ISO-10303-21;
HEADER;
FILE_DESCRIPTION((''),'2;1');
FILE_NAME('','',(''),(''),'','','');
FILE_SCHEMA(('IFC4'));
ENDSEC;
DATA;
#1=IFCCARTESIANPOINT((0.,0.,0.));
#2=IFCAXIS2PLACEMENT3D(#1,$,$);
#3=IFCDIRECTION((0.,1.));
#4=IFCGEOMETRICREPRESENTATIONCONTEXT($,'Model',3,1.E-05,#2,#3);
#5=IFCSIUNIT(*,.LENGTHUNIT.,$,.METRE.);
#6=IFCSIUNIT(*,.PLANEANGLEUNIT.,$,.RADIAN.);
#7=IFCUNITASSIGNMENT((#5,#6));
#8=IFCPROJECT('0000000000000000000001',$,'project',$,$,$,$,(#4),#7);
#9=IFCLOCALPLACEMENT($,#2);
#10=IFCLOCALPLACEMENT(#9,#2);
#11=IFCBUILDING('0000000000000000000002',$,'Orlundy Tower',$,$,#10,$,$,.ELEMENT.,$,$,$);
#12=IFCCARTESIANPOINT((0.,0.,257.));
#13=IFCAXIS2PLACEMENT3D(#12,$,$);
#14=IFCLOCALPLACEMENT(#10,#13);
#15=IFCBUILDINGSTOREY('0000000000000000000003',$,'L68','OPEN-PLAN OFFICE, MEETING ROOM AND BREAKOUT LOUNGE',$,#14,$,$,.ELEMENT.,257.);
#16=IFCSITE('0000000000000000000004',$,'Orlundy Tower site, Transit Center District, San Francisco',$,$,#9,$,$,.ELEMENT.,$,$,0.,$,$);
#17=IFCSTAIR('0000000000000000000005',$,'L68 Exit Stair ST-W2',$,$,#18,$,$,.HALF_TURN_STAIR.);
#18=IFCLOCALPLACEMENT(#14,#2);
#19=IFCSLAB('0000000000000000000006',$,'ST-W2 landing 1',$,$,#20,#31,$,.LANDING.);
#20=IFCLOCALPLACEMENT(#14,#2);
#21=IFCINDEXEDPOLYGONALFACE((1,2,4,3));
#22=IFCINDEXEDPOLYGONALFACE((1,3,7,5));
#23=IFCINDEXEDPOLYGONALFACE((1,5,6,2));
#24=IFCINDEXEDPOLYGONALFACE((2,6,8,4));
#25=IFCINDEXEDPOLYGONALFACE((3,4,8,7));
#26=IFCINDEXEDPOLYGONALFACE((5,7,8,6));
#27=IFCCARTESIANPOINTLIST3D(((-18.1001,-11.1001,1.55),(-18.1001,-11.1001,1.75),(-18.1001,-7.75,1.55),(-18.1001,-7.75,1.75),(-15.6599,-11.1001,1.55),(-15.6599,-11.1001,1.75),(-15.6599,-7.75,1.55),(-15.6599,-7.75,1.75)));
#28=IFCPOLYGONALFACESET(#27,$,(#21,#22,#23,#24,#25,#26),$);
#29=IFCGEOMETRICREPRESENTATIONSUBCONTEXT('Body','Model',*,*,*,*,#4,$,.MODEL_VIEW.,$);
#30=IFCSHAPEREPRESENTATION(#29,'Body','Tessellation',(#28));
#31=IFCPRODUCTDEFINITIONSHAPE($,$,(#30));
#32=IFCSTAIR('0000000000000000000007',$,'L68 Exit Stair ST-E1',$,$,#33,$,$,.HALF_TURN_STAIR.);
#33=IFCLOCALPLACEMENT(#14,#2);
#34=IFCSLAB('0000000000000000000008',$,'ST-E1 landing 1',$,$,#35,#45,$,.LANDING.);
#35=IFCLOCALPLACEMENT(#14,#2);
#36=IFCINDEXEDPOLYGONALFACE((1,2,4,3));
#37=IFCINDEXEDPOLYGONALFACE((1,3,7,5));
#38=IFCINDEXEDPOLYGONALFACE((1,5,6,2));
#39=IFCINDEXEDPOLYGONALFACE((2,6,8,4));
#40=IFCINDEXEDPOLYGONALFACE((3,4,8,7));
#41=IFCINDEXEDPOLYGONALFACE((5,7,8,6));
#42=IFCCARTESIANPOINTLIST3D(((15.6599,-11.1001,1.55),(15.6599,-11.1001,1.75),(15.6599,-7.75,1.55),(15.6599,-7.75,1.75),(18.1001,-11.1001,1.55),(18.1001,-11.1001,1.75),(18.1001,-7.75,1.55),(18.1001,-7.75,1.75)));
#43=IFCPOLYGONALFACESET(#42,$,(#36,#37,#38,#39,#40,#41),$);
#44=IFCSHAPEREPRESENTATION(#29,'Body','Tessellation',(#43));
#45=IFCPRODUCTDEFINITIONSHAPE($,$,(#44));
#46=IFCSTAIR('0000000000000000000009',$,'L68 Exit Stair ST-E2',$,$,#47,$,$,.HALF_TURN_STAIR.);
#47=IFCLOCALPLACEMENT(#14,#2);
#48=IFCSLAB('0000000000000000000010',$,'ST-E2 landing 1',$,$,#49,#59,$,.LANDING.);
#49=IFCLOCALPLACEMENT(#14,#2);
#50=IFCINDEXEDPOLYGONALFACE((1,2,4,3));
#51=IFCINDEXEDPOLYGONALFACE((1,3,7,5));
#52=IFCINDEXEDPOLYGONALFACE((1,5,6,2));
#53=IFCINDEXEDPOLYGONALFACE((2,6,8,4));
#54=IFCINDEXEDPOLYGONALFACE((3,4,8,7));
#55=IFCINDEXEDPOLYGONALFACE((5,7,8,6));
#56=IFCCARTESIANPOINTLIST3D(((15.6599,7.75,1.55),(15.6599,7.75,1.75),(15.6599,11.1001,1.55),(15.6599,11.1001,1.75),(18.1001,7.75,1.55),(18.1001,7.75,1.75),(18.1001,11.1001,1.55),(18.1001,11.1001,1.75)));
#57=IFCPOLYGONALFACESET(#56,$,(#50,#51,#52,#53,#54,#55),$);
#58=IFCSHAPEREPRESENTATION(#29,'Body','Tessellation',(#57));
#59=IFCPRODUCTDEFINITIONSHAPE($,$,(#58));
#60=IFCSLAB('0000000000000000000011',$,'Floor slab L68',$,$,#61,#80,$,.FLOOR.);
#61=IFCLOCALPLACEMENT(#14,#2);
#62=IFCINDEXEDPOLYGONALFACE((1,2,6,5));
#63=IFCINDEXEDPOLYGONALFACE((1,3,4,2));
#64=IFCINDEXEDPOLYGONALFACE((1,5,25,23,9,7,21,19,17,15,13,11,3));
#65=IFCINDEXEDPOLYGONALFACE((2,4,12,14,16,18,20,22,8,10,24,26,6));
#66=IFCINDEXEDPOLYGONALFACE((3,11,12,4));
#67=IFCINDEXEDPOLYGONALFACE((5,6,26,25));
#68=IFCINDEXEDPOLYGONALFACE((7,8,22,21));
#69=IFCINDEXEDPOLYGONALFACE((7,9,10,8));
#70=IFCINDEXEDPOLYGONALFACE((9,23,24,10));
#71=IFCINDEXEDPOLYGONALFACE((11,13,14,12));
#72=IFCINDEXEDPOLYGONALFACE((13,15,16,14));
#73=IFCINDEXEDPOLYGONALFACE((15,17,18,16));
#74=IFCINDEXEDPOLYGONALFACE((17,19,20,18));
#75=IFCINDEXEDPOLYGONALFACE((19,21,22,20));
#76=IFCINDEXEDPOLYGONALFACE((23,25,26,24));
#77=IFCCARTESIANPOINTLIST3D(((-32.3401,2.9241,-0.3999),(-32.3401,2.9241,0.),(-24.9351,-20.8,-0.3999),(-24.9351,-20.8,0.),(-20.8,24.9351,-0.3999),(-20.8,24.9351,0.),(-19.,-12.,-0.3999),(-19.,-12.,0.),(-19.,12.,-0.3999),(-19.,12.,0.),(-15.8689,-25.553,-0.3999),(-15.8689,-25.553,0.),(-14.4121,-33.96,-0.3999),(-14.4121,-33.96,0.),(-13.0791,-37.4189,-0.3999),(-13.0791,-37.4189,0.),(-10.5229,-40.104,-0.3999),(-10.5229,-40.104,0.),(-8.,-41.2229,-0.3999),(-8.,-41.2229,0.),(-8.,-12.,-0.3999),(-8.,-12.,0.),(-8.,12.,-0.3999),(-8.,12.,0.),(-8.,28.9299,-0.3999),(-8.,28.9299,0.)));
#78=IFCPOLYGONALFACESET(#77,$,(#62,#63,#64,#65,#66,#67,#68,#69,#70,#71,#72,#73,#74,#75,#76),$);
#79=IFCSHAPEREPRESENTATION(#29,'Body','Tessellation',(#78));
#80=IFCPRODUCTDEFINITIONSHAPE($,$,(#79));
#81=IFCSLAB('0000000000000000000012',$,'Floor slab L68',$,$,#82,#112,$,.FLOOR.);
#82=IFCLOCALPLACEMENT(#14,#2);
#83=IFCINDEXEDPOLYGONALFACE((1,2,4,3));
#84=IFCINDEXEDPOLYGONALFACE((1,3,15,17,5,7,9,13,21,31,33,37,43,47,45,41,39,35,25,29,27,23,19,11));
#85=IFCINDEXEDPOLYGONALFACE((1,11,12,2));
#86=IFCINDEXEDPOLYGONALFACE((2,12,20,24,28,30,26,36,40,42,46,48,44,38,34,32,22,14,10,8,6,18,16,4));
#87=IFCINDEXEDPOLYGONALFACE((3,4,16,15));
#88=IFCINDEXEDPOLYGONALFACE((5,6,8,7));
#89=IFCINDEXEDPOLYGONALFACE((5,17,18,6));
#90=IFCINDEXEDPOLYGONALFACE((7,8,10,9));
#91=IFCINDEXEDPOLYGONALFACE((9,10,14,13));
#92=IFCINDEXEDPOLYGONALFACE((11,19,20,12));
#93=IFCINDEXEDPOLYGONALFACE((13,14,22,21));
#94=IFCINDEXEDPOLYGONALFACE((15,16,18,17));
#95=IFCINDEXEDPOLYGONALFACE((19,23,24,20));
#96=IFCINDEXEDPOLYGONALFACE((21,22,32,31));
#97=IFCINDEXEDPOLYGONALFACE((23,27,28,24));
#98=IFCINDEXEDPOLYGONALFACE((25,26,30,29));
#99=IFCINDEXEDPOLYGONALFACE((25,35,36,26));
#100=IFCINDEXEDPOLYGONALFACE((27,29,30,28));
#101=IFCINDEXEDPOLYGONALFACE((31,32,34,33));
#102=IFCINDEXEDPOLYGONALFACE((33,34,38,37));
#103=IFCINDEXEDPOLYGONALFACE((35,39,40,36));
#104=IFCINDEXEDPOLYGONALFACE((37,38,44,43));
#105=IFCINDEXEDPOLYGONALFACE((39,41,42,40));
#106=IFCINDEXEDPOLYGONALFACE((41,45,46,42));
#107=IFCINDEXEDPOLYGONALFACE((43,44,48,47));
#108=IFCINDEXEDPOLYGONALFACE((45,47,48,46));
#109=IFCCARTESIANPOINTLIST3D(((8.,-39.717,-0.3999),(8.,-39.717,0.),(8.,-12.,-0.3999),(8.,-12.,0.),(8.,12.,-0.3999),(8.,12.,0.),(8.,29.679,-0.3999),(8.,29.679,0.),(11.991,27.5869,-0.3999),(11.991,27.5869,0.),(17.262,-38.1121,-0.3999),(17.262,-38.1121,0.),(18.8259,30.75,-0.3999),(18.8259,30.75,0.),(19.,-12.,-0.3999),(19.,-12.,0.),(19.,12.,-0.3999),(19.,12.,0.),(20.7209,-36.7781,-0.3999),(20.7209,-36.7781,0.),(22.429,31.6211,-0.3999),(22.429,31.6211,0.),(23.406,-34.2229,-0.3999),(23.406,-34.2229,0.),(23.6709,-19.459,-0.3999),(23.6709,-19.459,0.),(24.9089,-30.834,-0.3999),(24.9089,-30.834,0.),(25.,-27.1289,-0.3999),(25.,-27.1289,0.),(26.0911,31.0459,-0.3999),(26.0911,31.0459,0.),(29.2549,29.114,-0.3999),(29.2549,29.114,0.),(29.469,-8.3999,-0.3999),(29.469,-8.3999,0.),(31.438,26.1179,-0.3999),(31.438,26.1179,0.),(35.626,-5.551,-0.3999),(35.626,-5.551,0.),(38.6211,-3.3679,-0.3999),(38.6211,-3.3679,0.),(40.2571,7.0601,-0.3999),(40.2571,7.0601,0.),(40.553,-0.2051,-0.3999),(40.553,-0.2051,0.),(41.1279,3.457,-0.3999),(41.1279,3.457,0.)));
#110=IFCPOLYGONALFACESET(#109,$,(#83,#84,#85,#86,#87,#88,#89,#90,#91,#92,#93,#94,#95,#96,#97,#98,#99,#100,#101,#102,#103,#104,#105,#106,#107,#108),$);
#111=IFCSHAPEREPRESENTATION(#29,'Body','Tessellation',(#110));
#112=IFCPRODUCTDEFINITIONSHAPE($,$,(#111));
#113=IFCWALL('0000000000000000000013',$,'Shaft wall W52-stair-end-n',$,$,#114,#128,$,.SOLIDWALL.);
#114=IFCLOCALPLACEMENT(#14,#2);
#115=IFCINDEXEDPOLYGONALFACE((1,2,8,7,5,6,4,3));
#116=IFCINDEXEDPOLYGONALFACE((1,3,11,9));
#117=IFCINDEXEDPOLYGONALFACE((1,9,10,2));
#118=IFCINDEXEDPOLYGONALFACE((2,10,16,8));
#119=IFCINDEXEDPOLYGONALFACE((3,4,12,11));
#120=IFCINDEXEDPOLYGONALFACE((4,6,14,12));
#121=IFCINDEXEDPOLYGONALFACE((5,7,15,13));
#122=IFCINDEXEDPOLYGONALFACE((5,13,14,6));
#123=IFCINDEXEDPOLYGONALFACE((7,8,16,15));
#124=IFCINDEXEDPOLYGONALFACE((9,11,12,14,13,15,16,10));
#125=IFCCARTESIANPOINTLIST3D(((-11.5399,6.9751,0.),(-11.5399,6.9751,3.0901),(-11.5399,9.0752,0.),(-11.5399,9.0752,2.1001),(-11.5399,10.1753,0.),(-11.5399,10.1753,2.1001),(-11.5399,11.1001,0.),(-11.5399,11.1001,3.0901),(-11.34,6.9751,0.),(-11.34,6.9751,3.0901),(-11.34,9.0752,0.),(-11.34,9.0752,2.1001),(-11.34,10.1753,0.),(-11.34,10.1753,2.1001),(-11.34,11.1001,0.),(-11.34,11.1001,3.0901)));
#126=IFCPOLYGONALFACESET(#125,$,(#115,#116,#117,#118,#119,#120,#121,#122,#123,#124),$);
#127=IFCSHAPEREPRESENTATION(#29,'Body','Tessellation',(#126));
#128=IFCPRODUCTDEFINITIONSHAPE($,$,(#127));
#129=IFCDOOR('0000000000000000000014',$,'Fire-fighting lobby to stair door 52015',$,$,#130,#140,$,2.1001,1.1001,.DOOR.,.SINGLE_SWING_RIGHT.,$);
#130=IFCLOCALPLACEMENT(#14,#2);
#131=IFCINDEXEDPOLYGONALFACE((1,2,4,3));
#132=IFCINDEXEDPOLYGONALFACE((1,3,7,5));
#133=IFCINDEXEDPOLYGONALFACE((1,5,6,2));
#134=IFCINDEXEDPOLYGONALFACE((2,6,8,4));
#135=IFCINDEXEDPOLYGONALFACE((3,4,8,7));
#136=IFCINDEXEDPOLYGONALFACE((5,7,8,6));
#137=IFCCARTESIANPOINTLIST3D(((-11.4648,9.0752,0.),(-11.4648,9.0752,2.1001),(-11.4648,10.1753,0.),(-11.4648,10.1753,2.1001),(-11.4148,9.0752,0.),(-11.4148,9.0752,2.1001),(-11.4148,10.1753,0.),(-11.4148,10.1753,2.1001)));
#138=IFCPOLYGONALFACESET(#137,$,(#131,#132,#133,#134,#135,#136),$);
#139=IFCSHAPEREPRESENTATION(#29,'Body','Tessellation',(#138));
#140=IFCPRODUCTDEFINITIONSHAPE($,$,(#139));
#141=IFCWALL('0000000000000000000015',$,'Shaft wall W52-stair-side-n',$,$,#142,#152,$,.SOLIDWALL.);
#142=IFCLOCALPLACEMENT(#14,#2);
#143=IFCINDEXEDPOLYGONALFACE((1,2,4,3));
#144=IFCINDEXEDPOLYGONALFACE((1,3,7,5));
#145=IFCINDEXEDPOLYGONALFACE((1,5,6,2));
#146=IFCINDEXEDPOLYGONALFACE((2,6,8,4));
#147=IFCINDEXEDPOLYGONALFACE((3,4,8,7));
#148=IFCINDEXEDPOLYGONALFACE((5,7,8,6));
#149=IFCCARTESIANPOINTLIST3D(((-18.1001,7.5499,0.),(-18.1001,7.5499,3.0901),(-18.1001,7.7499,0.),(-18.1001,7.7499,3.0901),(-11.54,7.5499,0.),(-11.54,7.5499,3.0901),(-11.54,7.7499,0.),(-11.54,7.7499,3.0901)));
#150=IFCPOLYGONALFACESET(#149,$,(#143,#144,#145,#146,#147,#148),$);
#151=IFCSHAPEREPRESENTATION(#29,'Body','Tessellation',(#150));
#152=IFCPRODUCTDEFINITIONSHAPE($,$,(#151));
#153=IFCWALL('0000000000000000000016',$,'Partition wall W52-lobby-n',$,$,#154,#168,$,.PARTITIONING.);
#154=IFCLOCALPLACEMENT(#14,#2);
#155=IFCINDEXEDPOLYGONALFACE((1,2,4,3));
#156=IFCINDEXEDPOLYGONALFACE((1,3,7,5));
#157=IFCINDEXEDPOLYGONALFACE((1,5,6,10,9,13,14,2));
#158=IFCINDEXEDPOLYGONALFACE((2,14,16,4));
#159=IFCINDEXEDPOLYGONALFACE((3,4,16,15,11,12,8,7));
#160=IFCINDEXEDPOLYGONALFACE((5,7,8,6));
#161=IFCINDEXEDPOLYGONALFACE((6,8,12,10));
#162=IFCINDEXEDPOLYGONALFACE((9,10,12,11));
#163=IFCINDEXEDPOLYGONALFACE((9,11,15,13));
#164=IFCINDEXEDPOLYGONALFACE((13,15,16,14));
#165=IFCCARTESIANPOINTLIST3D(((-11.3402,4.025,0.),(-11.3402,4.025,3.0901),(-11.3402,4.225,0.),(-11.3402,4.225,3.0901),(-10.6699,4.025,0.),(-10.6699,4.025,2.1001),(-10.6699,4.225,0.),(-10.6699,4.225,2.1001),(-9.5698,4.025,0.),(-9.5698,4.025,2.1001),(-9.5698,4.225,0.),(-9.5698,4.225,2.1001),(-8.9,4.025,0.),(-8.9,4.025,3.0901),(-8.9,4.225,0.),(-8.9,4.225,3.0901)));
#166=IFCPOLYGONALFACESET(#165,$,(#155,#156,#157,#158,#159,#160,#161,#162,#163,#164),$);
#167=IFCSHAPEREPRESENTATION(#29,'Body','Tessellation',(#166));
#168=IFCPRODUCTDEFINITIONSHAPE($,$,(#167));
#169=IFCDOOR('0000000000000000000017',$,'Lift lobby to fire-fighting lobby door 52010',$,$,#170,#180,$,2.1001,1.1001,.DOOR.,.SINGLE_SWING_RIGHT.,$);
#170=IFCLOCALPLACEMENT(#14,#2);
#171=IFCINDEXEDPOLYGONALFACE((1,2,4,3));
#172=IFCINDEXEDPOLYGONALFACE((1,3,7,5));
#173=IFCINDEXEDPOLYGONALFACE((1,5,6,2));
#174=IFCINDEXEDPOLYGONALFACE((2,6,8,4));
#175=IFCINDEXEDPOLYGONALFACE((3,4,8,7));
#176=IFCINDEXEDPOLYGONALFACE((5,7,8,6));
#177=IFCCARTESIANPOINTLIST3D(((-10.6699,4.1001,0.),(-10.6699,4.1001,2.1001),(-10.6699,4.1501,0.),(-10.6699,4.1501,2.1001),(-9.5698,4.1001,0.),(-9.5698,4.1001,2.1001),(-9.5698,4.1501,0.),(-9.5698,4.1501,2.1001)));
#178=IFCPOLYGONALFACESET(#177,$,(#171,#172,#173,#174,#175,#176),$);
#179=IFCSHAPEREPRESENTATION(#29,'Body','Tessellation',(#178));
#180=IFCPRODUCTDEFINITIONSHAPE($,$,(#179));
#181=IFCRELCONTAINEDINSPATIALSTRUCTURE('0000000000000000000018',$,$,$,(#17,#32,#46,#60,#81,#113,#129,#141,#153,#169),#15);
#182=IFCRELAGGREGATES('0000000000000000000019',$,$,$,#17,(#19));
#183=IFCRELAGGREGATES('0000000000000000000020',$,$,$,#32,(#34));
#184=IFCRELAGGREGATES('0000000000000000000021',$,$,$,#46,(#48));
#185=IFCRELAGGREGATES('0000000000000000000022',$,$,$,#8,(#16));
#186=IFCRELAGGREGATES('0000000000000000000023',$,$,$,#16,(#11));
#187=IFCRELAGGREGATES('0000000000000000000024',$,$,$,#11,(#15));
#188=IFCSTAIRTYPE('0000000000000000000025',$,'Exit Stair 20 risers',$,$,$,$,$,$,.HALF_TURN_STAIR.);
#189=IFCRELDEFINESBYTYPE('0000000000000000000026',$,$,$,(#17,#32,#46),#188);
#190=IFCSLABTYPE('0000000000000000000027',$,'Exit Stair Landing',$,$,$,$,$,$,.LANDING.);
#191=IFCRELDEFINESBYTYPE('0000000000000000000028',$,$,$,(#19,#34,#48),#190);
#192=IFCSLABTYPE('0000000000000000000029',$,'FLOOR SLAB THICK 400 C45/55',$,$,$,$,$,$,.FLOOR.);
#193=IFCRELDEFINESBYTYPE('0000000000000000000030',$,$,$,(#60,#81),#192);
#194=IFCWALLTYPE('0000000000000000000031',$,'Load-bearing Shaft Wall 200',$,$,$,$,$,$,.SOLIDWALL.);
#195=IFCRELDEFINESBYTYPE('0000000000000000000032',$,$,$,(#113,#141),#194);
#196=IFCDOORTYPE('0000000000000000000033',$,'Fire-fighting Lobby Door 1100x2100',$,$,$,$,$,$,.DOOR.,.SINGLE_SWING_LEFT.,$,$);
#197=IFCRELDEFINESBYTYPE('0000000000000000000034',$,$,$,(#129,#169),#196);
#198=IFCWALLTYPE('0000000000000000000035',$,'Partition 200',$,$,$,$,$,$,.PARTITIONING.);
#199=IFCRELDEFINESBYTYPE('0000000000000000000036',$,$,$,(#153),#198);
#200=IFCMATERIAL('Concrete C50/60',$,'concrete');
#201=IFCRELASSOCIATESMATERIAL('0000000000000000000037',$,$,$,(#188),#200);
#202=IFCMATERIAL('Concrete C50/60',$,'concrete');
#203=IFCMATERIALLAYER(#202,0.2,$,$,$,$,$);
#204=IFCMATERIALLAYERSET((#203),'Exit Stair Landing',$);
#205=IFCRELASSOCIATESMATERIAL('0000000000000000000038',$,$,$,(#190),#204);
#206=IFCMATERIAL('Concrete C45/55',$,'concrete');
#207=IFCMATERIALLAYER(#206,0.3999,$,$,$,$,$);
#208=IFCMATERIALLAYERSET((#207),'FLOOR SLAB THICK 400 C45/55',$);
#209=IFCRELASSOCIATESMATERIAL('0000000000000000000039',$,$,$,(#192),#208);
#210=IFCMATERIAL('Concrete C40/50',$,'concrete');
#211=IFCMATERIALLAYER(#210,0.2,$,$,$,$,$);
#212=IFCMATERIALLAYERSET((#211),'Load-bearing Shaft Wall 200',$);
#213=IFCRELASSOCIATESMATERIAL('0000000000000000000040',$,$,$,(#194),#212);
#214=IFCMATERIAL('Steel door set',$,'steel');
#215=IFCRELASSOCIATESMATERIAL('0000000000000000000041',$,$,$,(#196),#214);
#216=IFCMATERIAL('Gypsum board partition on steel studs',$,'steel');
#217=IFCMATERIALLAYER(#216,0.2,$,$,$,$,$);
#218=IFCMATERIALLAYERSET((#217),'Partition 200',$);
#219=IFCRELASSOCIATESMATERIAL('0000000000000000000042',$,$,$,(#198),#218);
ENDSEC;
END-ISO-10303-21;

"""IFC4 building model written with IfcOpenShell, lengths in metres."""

from ifc_helpers import new_model, si_unit, direction, frame, frame_2d, origin, place, context, subcontext, project, spatial, polyline, rectangle, outline, extrude, material, layer, layer_set, type_object, element, fill, aggregate, save


model = new_model("IFC4")

# Units and contexts
model_context = context("Model", 3, precision=1e-05, world=origin(), true_north=direction((0.0, 1.0)))
body_context = subcontext(model_context, "Body", "Model", "MODEL_VIEW")
ifc_project = project(units=[si_unit("LENGTHUNIT", "METRE"), si_unit("PLANEANGLEUNIT", "RADIAN")], contexts=[model_context])

# Site, building, storey
site_placement = place(None, origin())
site = spatial("IfcSite", under=ifc_project, at=site_placement, Name="Orlundy Tower site, Transit Center District, San Francisco", CompositionType="ELEMENT", RefElevation=0.0)
building_placement = place(site_placement, origin())
building = spatial("IfcBuilding", under=site, at=building_placement, Name="Orlundy Tower", CompositionType="ELEMENT")
storey_placement = place(building_placement, frame((0.0, 0.0, 257.0)))
storey = spatial("IfcBuildingStorey", under=building, at=storey_placement, Name="L68", Description="OPEN-PLAN OFFICE, MEETING ROOM AND BREAKOUT LOUNGE", CompositionType="ELEMENT", Elevation=257.0)

# Stairs, slabs
ifc_material_1 = material(Name="Concrete C50/60", Category="concrete")
stair_type = type_object("IfcStairType", Name="Exit Stair 20 risers", PredefinedType="HALF_TURN_STAIR", material=ifc_material_1)
ifc_material_2 = material(Name="Concrete C50/60", Category="concrete")
ifc_layer_1 = layer(ifc_material_2, 0.2)
ifc_layer_set_1 = layer_set([ifc_layer_1], Name="Exit Stair Landing")
slab_type_1 = type_object("IfcSlabType", Name="Exit Stair Landing", PredefinedType="LANDING", material=ifc_layer_set_1)
stair_1_placement = place(storey_placement, origin())
stair_1 = element("IfcStair", 1, at=stair_1_placement, inside=storey, type_object=stair_type, Name="L68 Exit Stair ST-W2", PredefinedType="HALF_TURN_STAIR")
slab_1_placement = place(storey_placement, frame((0.0, 0.0, 1.55)))
slab_1 = element("IfcSlab", 2, at=slab_1_placement, type_object=slab_type_1, Name="ST-W2 landing 1", PredefinedType="LANDING", context=body_context, shape_type="SweptSolid", body=[
    extrude(outline(polyline([(-15.6599, -7.75), (-18.1001, -7.75), (-18.1001, -11.1001), (-15.6599, -11.1001), (-15.6599, -7.75)])), origin(), (0.0, 0.0, 1.0), 0.2),
])
aggregate(stair_1, [slab_1])
stair_2_placement = place(storey_placement, origin())
stair_2 = element("IfcStair", 3, at=stair_2_placement, inside=storey, type_object=stair_type, Name="L68 Exit Stair ST-E1", PredefinedType="HALF_TURN_STAIR")
slab_2_placement = place(storey_placement, frame((0.0, 0.0, 1.55)))
slab_2 = element("IfcSlab", 4, at=slab_2_placement, type_object=slab_type_1, Name="ST-E1 landing 1", PredefinedType="LANDING", context=body_context, shape_type="SweptSolid", body=[
    extrude(outline(polyline([(15.6599, -11.1001), (18.1001, -11.1001), (18.1001, -7.75), (15.6599, -7.75), (15.6599, -11.1001)])), origin(), (0.0, 0.0, 1.0), 0.2),
])
aggregate(stair_2, [slab_2])
stair_3_placement = place(storey_placement, origin())
stair_3 = element("IfcStair", 5, at=stair_3_placement, inside=storey, type_object=stair_type, Name="L68 Exit Stair ST-E2", PredefinedType="HALF_TURN_STAIR")
slab_3_placement = place(storey_placement, frame((0.0, 0.0, 1.55)))
slab_3 = element("IfcSlab", 6, at=slab_3_placement, type_object=slab_type_1, Name="ST-E2 landing 1", PredefinedType="LANDING", context=body_context, shape_type="SweptSolid", body=[
    extrude(outline(polyline([(15.6599, 7.75), (18.1001, 7.75), (18.1001, 11.1001), (15.6599, 11.1001), (15.6599, 7.75)])), origin(), (0.0, 0.0, 1.0), 0.2),
])
aggregate(stair_3, [slab_3])

# Slabs
ifc_material_3 = material(Name="Concrete C45/55", Category="concrete")
ifc_layer_2 = layer(ifc_material_3, 0.3999)
ifc_layer_set_2 = layer_set([ifc_layer_2], Name="FLOOR SLAB THICK 400 C45/55")
slab_type_2 = type_object("IfcSlabType", Name="FLOOR SLAB THICK 400 C45/55", PredefinedType="FLOOR", material=ifc_layer_set_2)
slab_4_placement = place(storey_placement, frame((0.0, 0.0, -0.3999)))
element("IfcSlab", 7, at=slab_4_placement, inside=storey, type_object=slab_type_2, Name="Floor slab L68", PredefinedType="FLOOR", context=body_context, shape_type="SweptSolid", body=[
    extrude(outline(polyline([(-24.9351, -20.8), (-32.3401, 2.9241), (-20.8, 24.9351), (-8.0, 28.9299), (-8.0, 12.0), (-19.0, 12.0), (-19.0, -12.0), (-8.0, -12.0), (-8.0, -41.2229), (-10.5229, -40.104), (-13.0791, -37.4189), (-14.4121, -33.96), (-15.8689, -25.553), (-24.9351, -20.8)])), origin(), (0.0, 0.0, 1.0), 0.3999),
])
slab_5_placement = place(storey_placement, frame((0.0, 0.0, -0.3999)))
element("IfcSlab", 8, at=slab_5_placement, inside=storey, type_object=slab_type_2, Name="Floor slab L68", PredefinedType="FLOOR", context=body_context, shape_type="SweptSolid", body=[
    extrude(outline(polyline([(18.8259, 30.75), (22.429, 31.6211), (26.0911, 31.0459), (29.2549, 29.114), (31.438, 26.1179), (40.2571, 7.0601), (41.1279, 3.457), (40.553, -0.2051), (38.6211, -3.3679), (35.626, -5.551), (29.469, -8.3999), (23.6709, -19.459), (25.0, -27.1289), (24.9089, -30.834), (23.406, -34.2229), (20.7209, -36.7781), (17.262, -38.1121), (8.0, -39.717), (8.0, -12.0), (19.0, -12.0), (19.0, 12.0), (8.0, 12.0), (8.0, 29.679), (11.991, 27.5869), (18.8259, 30.75)])), origin(), (0.0, 0.0, 1.0), 0.3999),
])

# Wall, opening, door
ifc_material_4 = material(Name="Concrete C40/50", Category="concrete")
ifc_layer_3 = layer(ifc_material_4, 0.2)
ifc_layer_set_3 = layer_set([ifc_layer_3], Name="Load-bearing Shaft Wall 200")
wall_type_1 = type_object("IfcWallType", Name="Load-bearing Shaft Wall 200", PredefinedType="SOLIDWALL", material=ifc_layer_set_3)
wall_1_placement = place(storey_placement, frame((-11.4399, 6.9751, 0.0), z_axis=(0.0, 0.0, 1.0), x_axis=(0.0, 1.0, 0.0)))
wall_1 = element("IfcWall", 9, at=wall_1_placement, inside=storey, type_object=wall_type_1, Name="Shaft wall W52-stair-end-n", PredefinedType="SOLIDWALL", context=body_context, shape_type="SweptSolid", body=[
    extrude(rectangle(XDim=4.125, YDim=0.2, at=frame_2d((2.0625, 0.0))), origin(), (0.0, 0.0, 1.0), 3.0901),
])
opening_1_placement = place(wall_1_placement, frame((2.1001, 0.0, 0.0)))
opening_1 = element("IfcOpeningElement", 10, at=opening_1_placement, cuts=wall_1, PredefinedType="OPENING", context=body_context, shape_type="SweptSolid", body=[
    extrude(rectangle(XDim=1.1001, YDim=2.1001, at=frame_2d((0.55, 1.05))), frame((0.0, 0.1101, 0.0), z_axis=(0.0, -1.0, 0.0), x_axis=(1.0, 0.0, 0.0)), (0.0, 0.0, 1.0), 0.2202),
])
ifc_material_5 = material(Name="Steel door set", Category="steel")
door_type = type_object("IfcDoorType", Name="Fire-fighting Lobby Door 1100x2100", OperationType="SINGLE_SWING_LEFT", PredefinedType="DOOR", material=ifc_material_5)
door_1_placement = place(opening_1_placement, origin())
door_1 = element("IfcDoor", 11, at=door_1_placement, inside=storey, type_object=door_type, Name="Fire-fighting lobby to stair door 52015", OperationType="SINGLE_SWING_RIGHT", OverallHeight=2.1001, OverallWidth=1.1001, PredefinedType="DOOR", context=body_context, shape_type="SweptSolid", body=[
    extrude(rectangle(XDim=1.1001, YDim=2.1001, at=frame_2d((0.55, 1.05))), frame((0.0, 0.0249, 0.0), z_axis=(0.0, -1.0, 0.0), x_axis=(1.0, 0.0, 0.0)), (0.0, 0.0, 1.0), 0.05),
])
fill(opening_1, door_1)

# Wall
wall_2_placement = place(storey_placement, frame((-11.54, 7.6499, 0.0), z_axis=(0.0, 0.0, 1.0), x_axis=(-1.0, 0.0, 0.0)))
element("IfcWall", 12, at=wall_2_placement, inside=storey, type_object=wall_type_1, Name="Shaft wall W52-stair-side-n", PredefinedType="SOLIDWALL", context=body_context, shape_type="SweptSolid", body=[
    extrude(rectangle(XDim=6.5601, YDim=0.2, at=frame_2d((3.28, 0.0))), origin(), (0.0, 0.0, 1.0), 3.0901),
])

# Wall, opening, door
ifc_material_6 = material(Name="Gypsum board partition on steel studs", Category="steel")
ifc_layer_4 = layer(ifc_material_6, 0.2)
ifc_layer_set_4 = layer_set([ifc_layer_4], Name="Partition 200")
wall_type_2 = type_object("IfcWallType", Name="Partition 200", PredefinedType="PARTITIONING", material=ifc_layer_set_4)
wall_3_placement = place(storey_placement, frame((-8.8999, 4.125, 0.0), z_axis=(0.0, 0.0, 1.0), x_axis=(-1.0, 0.0, 0.0)))
wall_3 = element("IfcWall", 13, at=wall_3_placement, inside=storey, type_object=wall_type_2, Name="Partition wall W52-lobby-n", PredefinedType="PARTITIONING", context=body_context, shape_type="SweptSolid", body=[
    extrude(rectangle(XDim=2.4402, YDim=0.2, at=frame_2d((1.2202, 0.0))), origin(), (0.0, 0.0, 1.0), 3.0901),
])
opening_2_placement = place(wall_3_placement, frame((0.6699, 0.0, 0.0)))
opening_2 = element("IfcOpeningElement", 14, at=opening_2_placement, cuts=wall_3, PredefinedType="OPENING", context=body_context, shape_type="SweptSolid", body=[
    extrude(rectangle(XDim=1.1001, YDim=2.1001, at=frame_2d((0.55, 1.05))), frame((0.0, 0.1101, 0.0), z_axis=(0.0, -1.0, 0.0), x_axis=(1.0, 0.0, 0.0)), (0.0, 0.0, 1.0), 0.2202),
])
door_2_placement = place(opening_2_placement, origin())
door_2 = element("IfcDoor", 15, at=door_2_placement, inside=storey, type_object=door_type, Name="Lift lobby to fire-fighting lobby door 52010", OperationType="SINGLE_SWING_RIGHT", OverallHeight=2.1001, OverallWidth=1.1001, PredefinedType="DOOR", context=body_context, shape_type="SweptSolid", body=[
    extrude(rectangle(XDim=1.1001, YDim=2.1001, at=frame_2d((0.55, 1.05))), frame((0.0, 0.0249, 0.0), z_axis=(0.0, -1.0, 0.0), x_axis=(1.0, 0.0, 0.0)), (0.0, 0.0, 1.0), 0.05),
])
fill(opening_2, door_2)

save(model, "model.ifc")
